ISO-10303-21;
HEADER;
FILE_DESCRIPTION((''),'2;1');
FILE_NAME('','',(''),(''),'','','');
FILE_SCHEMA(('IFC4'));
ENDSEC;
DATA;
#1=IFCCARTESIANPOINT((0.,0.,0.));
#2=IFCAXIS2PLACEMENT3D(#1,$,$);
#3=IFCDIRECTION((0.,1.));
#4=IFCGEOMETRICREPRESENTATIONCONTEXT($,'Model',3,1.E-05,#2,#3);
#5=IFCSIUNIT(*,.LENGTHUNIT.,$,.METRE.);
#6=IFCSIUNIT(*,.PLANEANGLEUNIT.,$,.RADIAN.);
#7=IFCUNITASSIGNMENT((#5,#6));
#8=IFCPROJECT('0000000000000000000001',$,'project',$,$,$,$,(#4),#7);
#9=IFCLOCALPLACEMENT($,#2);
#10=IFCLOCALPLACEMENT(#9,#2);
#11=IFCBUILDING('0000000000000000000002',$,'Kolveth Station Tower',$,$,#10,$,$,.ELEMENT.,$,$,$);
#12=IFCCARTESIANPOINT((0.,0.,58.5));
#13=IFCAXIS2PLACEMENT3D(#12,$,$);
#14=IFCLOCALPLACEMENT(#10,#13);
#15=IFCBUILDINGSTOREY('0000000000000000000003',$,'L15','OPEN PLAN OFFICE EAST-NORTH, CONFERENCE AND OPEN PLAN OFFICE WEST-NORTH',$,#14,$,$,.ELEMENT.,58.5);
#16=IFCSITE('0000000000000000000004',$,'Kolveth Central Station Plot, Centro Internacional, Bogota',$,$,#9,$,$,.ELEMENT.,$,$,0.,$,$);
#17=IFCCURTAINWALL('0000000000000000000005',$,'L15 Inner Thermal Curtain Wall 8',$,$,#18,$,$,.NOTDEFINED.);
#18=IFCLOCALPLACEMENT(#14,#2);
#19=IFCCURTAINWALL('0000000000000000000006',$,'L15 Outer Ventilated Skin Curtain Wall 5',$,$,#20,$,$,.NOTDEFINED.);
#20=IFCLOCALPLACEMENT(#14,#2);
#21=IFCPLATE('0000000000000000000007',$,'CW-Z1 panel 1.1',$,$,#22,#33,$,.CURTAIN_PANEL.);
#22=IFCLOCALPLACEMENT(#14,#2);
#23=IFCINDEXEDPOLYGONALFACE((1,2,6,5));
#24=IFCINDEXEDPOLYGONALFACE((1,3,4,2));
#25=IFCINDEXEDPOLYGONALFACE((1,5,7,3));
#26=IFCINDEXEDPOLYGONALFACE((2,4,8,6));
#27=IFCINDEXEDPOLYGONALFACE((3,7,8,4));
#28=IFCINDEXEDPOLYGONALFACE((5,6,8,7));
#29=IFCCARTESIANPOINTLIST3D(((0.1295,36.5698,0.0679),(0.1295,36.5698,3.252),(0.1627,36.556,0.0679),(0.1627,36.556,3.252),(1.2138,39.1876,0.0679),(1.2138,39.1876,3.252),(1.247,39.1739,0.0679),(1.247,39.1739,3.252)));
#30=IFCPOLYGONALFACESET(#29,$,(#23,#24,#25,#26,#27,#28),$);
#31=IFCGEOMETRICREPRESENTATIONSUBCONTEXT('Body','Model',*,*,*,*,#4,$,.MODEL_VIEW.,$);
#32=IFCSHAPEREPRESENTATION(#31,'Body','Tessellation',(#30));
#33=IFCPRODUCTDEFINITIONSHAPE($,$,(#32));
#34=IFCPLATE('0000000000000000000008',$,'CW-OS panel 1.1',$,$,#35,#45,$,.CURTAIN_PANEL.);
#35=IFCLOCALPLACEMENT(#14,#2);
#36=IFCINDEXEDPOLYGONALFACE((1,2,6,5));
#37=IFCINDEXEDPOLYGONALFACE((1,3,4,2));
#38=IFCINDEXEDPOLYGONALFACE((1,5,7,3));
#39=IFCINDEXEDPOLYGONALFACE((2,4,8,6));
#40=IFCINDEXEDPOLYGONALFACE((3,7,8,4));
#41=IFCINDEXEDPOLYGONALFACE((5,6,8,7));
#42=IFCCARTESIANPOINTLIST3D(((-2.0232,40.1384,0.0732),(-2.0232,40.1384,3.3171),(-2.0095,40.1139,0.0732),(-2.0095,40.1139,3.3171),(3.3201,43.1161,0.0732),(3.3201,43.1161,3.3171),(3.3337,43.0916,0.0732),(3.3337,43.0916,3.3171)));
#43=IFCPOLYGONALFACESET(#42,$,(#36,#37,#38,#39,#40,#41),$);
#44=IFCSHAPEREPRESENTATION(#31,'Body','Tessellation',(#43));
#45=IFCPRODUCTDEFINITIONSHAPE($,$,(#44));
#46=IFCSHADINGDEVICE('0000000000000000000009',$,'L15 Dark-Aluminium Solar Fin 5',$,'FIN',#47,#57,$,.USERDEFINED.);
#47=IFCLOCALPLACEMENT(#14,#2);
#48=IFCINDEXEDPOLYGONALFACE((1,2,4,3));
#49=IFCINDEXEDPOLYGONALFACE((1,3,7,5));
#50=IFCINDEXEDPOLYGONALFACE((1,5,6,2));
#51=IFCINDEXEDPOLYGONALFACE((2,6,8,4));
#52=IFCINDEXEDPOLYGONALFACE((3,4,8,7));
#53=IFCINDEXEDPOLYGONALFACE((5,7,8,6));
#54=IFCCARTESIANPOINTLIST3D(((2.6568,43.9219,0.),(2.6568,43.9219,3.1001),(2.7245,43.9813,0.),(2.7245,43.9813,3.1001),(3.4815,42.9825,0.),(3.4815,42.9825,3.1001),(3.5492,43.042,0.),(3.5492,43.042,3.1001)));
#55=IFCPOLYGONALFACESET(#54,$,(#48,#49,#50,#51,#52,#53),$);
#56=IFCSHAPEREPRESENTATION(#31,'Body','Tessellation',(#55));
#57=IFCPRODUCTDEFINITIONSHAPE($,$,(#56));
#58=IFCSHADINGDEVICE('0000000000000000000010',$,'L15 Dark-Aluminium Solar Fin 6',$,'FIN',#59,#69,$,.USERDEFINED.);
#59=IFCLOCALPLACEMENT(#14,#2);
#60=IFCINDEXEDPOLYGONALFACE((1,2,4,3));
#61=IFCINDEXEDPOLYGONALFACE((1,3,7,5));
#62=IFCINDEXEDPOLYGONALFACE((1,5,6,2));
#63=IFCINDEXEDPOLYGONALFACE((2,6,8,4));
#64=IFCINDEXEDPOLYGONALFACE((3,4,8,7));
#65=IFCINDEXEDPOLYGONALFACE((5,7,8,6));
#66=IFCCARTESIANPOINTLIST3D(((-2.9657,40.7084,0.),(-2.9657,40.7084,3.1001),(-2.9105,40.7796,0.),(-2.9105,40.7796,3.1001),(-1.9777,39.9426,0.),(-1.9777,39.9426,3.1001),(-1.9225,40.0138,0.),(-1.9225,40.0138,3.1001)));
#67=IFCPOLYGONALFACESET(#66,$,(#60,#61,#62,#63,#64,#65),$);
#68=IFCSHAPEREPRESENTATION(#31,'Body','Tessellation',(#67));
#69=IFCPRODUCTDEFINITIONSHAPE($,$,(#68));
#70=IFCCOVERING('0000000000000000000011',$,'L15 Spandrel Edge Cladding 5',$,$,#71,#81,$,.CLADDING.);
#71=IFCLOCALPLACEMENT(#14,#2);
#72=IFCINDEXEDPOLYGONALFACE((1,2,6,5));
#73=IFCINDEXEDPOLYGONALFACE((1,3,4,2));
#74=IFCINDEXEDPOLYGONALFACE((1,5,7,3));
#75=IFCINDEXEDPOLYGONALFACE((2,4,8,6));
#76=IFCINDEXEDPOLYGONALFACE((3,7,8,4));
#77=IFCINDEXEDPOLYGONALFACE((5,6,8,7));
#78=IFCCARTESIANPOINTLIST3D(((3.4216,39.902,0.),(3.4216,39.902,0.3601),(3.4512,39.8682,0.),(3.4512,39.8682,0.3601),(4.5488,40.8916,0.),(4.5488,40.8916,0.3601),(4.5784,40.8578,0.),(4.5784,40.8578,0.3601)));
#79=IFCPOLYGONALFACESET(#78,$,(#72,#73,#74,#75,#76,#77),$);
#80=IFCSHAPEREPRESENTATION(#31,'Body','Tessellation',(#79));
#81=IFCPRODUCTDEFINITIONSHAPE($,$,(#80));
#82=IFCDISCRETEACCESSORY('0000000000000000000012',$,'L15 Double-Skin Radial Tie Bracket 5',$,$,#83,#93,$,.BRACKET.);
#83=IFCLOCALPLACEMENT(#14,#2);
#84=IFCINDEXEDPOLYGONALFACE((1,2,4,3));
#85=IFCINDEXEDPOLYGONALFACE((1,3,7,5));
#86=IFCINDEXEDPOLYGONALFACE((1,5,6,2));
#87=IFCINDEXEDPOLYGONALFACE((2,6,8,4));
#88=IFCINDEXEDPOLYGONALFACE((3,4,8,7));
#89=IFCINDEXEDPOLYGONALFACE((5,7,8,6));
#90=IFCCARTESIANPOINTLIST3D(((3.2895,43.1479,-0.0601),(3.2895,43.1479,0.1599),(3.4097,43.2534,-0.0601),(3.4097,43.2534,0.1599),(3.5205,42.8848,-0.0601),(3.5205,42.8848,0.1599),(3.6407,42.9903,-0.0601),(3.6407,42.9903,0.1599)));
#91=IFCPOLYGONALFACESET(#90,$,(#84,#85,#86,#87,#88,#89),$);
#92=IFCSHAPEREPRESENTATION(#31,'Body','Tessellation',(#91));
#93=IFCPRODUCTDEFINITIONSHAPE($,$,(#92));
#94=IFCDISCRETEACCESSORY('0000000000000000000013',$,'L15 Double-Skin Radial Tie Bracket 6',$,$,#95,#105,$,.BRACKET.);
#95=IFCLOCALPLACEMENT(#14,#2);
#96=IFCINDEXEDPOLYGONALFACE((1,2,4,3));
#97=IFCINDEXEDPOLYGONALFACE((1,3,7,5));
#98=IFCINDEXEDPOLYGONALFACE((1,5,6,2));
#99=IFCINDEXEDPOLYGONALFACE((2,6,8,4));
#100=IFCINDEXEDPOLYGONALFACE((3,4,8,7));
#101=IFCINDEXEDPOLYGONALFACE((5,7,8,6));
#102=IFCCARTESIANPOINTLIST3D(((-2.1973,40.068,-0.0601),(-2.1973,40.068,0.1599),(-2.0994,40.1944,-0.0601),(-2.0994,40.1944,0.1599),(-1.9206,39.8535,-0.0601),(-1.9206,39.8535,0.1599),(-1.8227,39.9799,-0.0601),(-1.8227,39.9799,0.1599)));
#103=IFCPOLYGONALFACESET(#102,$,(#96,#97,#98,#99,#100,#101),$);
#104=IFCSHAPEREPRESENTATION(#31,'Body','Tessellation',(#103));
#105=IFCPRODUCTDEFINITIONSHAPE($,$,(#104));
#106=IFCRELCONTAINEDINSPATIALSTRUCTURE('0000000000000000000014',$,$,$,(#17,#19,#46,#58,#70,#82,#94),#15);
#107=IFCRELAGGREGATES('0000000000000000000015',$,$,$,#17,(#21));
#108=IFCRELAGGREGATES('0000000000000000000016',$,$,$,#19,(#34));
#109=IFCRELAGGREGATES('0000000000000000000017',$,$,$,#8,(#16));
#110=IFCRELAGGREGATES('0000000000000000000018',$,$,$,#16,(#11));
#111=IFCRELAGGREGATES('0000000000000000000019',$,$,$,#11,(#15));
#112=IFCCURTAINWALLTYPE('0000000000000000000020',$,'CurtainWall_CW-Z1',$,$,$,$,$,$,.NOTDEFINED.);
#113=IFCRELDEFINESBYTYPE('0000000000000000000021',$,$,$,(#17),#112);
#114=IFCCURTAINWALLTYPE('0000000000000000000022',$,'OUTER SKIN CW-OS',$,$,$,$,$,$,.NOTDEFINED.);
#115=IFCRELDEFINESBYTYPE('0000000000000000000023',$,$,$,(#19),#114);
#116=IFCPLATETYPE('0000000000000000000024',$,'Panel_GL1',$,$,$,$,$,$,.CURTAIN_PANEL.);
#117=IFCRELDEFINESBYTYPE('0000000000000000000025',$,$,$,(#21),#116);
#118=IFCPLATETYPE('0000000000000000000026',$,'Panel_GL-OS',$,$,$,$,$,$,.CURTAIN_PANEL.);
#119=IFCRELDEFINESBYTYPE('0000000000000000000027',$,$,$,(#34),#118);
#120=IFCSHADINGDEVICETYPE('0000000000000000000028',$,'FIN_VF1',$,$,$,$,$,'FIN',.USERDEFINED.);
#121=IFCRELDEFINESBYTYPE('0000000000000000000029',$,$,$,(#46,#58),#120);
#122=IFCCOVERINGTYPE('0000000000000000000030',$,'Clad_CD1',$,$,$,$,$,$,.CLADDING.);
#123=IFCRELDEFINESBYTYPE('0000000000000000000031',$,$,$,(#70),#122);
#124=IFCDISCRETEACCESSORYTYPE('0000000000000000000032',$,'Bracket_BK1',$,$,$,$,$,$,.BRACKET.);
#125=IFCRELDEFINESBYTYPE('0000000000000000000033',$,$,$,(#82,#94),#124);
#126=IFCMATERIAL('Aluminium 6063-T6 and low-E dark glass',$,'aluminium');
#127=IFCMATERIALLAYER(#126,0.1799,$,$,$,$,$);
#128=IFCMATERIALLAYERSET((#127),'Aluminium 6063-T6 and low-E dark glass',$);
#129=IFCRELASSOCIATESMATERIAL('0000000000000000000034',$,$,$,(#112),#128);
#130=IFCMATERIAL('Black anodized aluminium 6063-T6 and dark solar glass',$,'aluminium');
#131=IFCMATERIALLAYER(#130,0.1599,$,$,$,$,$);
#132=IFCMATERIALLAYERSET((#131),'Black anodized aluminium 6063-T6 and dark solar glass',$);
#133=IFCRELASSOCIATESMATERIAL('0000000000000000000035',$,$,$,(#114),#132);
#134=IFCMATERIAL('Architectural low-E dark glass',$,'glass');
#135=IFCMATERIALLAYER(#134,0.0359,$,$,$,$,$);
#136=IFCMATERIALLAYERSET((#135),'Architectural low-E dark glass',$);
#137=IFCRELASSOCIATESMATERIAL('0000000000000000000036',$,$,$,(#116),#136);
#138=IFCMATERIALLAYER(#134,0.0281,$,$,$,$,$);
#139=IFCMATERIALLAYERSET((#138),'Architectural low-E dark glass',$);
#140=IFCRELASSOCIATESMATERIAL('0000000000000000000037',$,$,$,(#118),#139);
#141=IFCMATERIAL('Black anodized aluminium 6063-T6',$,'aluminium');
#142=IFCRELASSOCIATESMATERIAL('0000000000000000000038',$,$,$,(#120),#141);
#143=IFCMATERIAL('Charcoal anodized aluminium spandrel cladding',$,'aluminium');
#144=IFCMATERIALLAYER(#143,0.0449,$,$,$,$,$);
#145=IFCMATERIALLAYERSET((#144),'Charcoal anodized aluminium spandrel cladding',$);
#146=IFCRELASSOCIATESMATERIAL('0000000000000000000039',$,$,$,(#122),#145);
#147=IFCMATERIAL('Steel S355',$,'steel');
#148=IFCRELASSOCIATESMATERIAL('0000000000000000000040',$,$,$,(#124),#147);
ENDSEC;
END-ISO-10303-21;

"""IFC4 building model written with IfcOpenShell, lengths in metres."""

from ifc_helpers import new_model, si_unit, direction, frame, origin, origin_2d, place, context, subcontext, project, spatial, rectangle, extrude, source, transform, mapped, material, layer, layer_set, type_object, element, aggregate, save


model = new_model("IFC4")

# Units and contexts
model_context = context("Model", 3, precision=1e-05, world=origin(), true_north=direction((0.0, 1.0)))
body_context = subcontext(model_context, "Body", "Model", "MODEL_VIEW")
ifc_project = project(units=[si_unit("LENGTHUNIT", "METRE"), si_unit("PLANEANGLEUNIT", "RADIAN")], contexts=[model_context])

# Site, building, storey
site_placement = place(None, origin())
site = spatial("IfcSite", under=ifc_project, at=site_placement, Name="Kolveth Central Station Plot, Centro Internacional, Bogota", CompositionType="ELEMENT", RefElevation=0.0)
building_placement = place(site_placement, origin())
building = spatial("IfcBuilding", under=site, at=building_placement, Name="Kolveth Station Tower", CompositionType="ELEMENT")
storey_placement = place(building_placement, frame((0.0, 0.0, 58.5)))
storey = spatial("IfcBuildingStorey", under=building, at=storey_placement, Name="L15", Description="OPEN PLAN OFFICE EAST-NORTH, CONFERENCE AND OPEN PLAN OFFICE WEST-NORTH", CompositionType="ELEMENT", Elevation=58.5)

# Shared definitions
ifc_material_1 = material(Name="Aluminium 6063-T6 and low-E dark glass", Category="aluminium")
ifc_layer_1 = layer(ifc_material_1, 0.1799)
ifc_layer_set_1 = layer_set([ifc_layer_1], Name="Aluminium 6063-T6 and low-E dark glass")
curtain_wall_type_1 = type_object("IfcCurtainWallType", Name="CurtainWall_CW-Z1", PredefinedType="NOTDEFINED", material=ifc_layer_set_1)
ifc_material_2 = material(Name="Black anodized aluminium 6063-T6", Category="aluminium")

# Curtain wall
curtain_wall_1_placement = place(storey_placement, origin())
curtain_wall_1 = element("IfcCurtainWall", 1, at=curtain_wall_1_placement, inside=storey, type_object=curtain_wall_type_1, Name="L15 Inner Thermal Curtain Wall 8", PredefinedType="NOTDEFINED")

# Shared definitions
ifc_material_3 = material(Name="Black anodized aluminium 6063-T6 and dark solar glass", Category="aluminium")
ifc_layer_2 = layer(ifc_material_3, 0.1599)
ifc_layer_set_2 = layer_set([ifc_layer_2], Name="Black anodized aluminium 6063-T6 and dark solar glass")
curtain_wall_type_2 = type_object("IfcCurtainWallType", Name="OUTER SKIN CW-OS", PredefinedType="NOTDEFINED", material=ifc_layer_set_2)

# Curtain wall
curtain_wall_2_placement = place(storey_placement, origin())
curtain_wall_2 = element("IfcCurtainWall", 2, at=curtain_wall_2_placement, inside=storey, type_object=curtain_wall_type_2, Name="L15 Outer Ventilated Skin Curtain Wall 5", PredefinedType="NOTDEFINED")

# Plates
ifc_material_4 = material(Name="Architectural low-E dark glass", Category="glass")
ifc_layer_3 = layer(ifc_material_4, 0.0359)
ifc_layer_set_3 = layer_set([ifc_layer_3], Name="Architectural low-E dark glass")
plate_type_1 = type_object("IfcPlateType", Name="Panel_GL1", PredefinedType="CURTAIN_PANEL", material=ifc_layer_set_3)
shared_shape_1 = source(origin(), body_context, "Body", "SweptSolid", [
    extrude(rectangle(XDim=2.8335, YDim=0.0359, at=origin_2d()), origin(), (0.0, 0.0, 1.0), 3.1841),
])
plate_1_placement = place(storey_placement, frame((0.6882, 37.8718, 0.0679), z_axis=(0.0, 0.0, 1.0), x_axis=(-0.382673, -0.923884, 0.0)))
plate_1 = element("IfcPlate", 3, at=plate_1_placement, type_object=plate_type_1, Name="CW-Z1 panel 1.1", PredefinedType="CURTAIN_PANEL", context=body_context, shape_type="MappedRepresentation", body=[
    mapped(shared_shape_1, transform((0.0, 0.0, 0.0), x_axis=(1.0, 0.0, 0.0), y_axis=(0.0, 1.0, 0.0), z_axis=(0.0, 0.0, 1.0), scale=1.0)),
])
aggregate(curtain_wall_1, [plate_1])
ifc_layer_4 = layer(ifc_material_4, 0.0281)
ifc_layer_set_4 = layer_set([ifc_layer_4], Name="Architectural low-E dark glass")
plate_type_2 = type_object("IfcPlateType", Name="Panel_GL-OS", PredefinedType="CURTAIN_PANEL", material=ifc_layer_set_4)
shared_shape_2 = source(origin(), body_context, "Body", "SweptSolid", [
    extrude(rectangle(XDim=6.1169, YDim=0.0281, at=origin_2d()), origin(), (0.0, 0.0, 1.0), 3.2439),
])
plate_2_placement = place(storey_placement, frame((0.6553, 41.615, 0.0732), z_axis=(0.0, 0.0, 1.0), x_axis=(-0.873518, -0.486791, 0.0)))
plate_2 = element("IfcPlate", 4, at=plate_2_placement, type_object=plate_type_2, Name="CW-OS panel 1.1", PredefinedType="CURTAIN_PANEL", context=body_context, shape_type="MappedRepresentation", body=[
    mapped(shared_shape_2, transform((0.0, 0.0, 0.0), x_axis=(1.0, 0.0, 0.0), y_axis=(0.0, 1.0, 0.0), z_axis=(0.0, 0.0, 1.0), scale=1.0)),
])
aggregate(curtain_wall_2, [plate_2])

# Shading devices
shading_device_type = type_object("IfcShadingDeviceType", Name="FIN_VF1", ElementType="FIN", PredefinedType="USERDEFINED", material=ifc_material_2)
shared_shape_3 = source(origin(), body_context, "Body", "SweptSolid", [
    extrude(rectangle(XDim=1.25, YDim=0.0901, at=origin_2d()), origin(), (0.0, 0.0, 1.0), 3.1001),
])
for number, where, z_axis, x_axis, name in (
    (5, (3.103, 43.4819, 0.0), (0.0, 0.0, 1.0), (-0.659739, 0.751494, 0.0), "L15 Dark-Aluminium Solar Fin 5"),
    (6, (-2.4441, 40.3611, 0.0), (0.0, 0.0, 1.0), (-0.790369, 0.612631, 0.0), "L15 Dark-Aluminium Solar Fin 6"),
):
    element("IfcShadingDevice", number, at=place(storey_placement, frame(where, z_axis=z_axis, x_axis=x_axis)), inside=storey, type_object=shading_device_type, Name=name, ObjectType="FIN", PredefinedType="USERDEFINED", context=body_context, shape_type="MappedRepresentation", body=[
        mapped(shared_shape_3, transform((0.0, 0.0, 0.0), x_axis=(1.0, 0.0, 0.0), y_axis=(0.0, 1.0, 0.0), z_axis=(0.0, 0.0, 1.0), scale=1.0)),
    ])

# Covering
ifc_material_5 = material(Name="Charcoal anodized aluminium spandrel cladding", Category="aluminium")
ifc_layer_5 = layer(ifc_material_5, 0.0449)
ifc_layer_set_5 = layer_set([ifc_layer_5], Name="Charcoal anodized aluminium spandrel cladding")
covering_type = type_object("IfcCoveringType", Name="Clad_CD1", PredefinedType="CLADDING", material=ifc_layer_set_5)
shared_shape_4 = source(origin(), body_context, "Body", "SweptSolid", [
    extrude(rectangle(XDim=1.5, YDim=0.0449, at=origin_2d()), origin(), (0.0, 0.0, 1.0), 0.3601),
])
covering_placement = place(storey_placement, frame((4.0, 40.3799, 0.0), z_axis=(0.0, 0.0, 1.0), x_axis=(-0.751494, -0.659739, 0.0)))
element("IfcCovering", 7, at=covering_placement, inside=storey, type_object=covering_type, Name="L15 Spandrel Edge Cladding 5", PredefinedType="CLADDING", context=body_context, shape_type="MappedRepresentation", body=[
    mapped(shared_shape_4, transform((0.0, 0.0, 0.0), x_axis=(1.0, 0.0, 0.0), y_axis=(0.0, 1.0, 0.0), z_axis=(0.0, 0.0, 1.0), scale=1.0)),
])

# Discrete accessories
ifc_material_6 = material(Name="Steel S355", Category="steel")
discrete_accessory_type = type_object("IfcDiscreteAccessoryType", Name="Bracket_BK1", PredefinedType="BRACKET", material=ifc_material_6)
shared_shape_5 = source(origin(), body_context, "Body", "SweptSolid", [
    extrude(rectangle(XDim=0.3501, YDim=0.1599, at=origin_2d()), origin(), (0.0, 0.0, 1.0), 0.22),
])
for number, where, z_axis, x_axis, name in (
    (8, (3.4651, 43.0691, -0.0601), (0.0, 0.0, 1.0), (-0.659739, 0.751494, 0.0), "L15 Double-Skin Radial Tie Bracket 5"),
    (9, (-2.01, 40.0239, -0.0601), (0.0, 0.0, 1.0), (-0.790369, 0.612631, 0.0), "L15 Double-Skin Radial Tie Bracket 6"),
):
    element("IfcDiscreteAccessory", number, at=place(storey_placement, frame(where, z_axis=z_axis, x_axis=x_axis)), inside=storey, type_object=discrete_accessory_type, Name=name, PredefinedType="BRACKET", context=body_context, shape_type="MappedRepresentation", body=[
        mapped(shared_shape_5, transform((0.0, 0.0, 0.0), x_axis=(1.0, 0.0, 0.0), y_axis=(0.0, 1.0, 0.0), z_axis=(0.0, 0.0, 1.0), scale=1.0)),
    ])

save(model, "model.ifc")
